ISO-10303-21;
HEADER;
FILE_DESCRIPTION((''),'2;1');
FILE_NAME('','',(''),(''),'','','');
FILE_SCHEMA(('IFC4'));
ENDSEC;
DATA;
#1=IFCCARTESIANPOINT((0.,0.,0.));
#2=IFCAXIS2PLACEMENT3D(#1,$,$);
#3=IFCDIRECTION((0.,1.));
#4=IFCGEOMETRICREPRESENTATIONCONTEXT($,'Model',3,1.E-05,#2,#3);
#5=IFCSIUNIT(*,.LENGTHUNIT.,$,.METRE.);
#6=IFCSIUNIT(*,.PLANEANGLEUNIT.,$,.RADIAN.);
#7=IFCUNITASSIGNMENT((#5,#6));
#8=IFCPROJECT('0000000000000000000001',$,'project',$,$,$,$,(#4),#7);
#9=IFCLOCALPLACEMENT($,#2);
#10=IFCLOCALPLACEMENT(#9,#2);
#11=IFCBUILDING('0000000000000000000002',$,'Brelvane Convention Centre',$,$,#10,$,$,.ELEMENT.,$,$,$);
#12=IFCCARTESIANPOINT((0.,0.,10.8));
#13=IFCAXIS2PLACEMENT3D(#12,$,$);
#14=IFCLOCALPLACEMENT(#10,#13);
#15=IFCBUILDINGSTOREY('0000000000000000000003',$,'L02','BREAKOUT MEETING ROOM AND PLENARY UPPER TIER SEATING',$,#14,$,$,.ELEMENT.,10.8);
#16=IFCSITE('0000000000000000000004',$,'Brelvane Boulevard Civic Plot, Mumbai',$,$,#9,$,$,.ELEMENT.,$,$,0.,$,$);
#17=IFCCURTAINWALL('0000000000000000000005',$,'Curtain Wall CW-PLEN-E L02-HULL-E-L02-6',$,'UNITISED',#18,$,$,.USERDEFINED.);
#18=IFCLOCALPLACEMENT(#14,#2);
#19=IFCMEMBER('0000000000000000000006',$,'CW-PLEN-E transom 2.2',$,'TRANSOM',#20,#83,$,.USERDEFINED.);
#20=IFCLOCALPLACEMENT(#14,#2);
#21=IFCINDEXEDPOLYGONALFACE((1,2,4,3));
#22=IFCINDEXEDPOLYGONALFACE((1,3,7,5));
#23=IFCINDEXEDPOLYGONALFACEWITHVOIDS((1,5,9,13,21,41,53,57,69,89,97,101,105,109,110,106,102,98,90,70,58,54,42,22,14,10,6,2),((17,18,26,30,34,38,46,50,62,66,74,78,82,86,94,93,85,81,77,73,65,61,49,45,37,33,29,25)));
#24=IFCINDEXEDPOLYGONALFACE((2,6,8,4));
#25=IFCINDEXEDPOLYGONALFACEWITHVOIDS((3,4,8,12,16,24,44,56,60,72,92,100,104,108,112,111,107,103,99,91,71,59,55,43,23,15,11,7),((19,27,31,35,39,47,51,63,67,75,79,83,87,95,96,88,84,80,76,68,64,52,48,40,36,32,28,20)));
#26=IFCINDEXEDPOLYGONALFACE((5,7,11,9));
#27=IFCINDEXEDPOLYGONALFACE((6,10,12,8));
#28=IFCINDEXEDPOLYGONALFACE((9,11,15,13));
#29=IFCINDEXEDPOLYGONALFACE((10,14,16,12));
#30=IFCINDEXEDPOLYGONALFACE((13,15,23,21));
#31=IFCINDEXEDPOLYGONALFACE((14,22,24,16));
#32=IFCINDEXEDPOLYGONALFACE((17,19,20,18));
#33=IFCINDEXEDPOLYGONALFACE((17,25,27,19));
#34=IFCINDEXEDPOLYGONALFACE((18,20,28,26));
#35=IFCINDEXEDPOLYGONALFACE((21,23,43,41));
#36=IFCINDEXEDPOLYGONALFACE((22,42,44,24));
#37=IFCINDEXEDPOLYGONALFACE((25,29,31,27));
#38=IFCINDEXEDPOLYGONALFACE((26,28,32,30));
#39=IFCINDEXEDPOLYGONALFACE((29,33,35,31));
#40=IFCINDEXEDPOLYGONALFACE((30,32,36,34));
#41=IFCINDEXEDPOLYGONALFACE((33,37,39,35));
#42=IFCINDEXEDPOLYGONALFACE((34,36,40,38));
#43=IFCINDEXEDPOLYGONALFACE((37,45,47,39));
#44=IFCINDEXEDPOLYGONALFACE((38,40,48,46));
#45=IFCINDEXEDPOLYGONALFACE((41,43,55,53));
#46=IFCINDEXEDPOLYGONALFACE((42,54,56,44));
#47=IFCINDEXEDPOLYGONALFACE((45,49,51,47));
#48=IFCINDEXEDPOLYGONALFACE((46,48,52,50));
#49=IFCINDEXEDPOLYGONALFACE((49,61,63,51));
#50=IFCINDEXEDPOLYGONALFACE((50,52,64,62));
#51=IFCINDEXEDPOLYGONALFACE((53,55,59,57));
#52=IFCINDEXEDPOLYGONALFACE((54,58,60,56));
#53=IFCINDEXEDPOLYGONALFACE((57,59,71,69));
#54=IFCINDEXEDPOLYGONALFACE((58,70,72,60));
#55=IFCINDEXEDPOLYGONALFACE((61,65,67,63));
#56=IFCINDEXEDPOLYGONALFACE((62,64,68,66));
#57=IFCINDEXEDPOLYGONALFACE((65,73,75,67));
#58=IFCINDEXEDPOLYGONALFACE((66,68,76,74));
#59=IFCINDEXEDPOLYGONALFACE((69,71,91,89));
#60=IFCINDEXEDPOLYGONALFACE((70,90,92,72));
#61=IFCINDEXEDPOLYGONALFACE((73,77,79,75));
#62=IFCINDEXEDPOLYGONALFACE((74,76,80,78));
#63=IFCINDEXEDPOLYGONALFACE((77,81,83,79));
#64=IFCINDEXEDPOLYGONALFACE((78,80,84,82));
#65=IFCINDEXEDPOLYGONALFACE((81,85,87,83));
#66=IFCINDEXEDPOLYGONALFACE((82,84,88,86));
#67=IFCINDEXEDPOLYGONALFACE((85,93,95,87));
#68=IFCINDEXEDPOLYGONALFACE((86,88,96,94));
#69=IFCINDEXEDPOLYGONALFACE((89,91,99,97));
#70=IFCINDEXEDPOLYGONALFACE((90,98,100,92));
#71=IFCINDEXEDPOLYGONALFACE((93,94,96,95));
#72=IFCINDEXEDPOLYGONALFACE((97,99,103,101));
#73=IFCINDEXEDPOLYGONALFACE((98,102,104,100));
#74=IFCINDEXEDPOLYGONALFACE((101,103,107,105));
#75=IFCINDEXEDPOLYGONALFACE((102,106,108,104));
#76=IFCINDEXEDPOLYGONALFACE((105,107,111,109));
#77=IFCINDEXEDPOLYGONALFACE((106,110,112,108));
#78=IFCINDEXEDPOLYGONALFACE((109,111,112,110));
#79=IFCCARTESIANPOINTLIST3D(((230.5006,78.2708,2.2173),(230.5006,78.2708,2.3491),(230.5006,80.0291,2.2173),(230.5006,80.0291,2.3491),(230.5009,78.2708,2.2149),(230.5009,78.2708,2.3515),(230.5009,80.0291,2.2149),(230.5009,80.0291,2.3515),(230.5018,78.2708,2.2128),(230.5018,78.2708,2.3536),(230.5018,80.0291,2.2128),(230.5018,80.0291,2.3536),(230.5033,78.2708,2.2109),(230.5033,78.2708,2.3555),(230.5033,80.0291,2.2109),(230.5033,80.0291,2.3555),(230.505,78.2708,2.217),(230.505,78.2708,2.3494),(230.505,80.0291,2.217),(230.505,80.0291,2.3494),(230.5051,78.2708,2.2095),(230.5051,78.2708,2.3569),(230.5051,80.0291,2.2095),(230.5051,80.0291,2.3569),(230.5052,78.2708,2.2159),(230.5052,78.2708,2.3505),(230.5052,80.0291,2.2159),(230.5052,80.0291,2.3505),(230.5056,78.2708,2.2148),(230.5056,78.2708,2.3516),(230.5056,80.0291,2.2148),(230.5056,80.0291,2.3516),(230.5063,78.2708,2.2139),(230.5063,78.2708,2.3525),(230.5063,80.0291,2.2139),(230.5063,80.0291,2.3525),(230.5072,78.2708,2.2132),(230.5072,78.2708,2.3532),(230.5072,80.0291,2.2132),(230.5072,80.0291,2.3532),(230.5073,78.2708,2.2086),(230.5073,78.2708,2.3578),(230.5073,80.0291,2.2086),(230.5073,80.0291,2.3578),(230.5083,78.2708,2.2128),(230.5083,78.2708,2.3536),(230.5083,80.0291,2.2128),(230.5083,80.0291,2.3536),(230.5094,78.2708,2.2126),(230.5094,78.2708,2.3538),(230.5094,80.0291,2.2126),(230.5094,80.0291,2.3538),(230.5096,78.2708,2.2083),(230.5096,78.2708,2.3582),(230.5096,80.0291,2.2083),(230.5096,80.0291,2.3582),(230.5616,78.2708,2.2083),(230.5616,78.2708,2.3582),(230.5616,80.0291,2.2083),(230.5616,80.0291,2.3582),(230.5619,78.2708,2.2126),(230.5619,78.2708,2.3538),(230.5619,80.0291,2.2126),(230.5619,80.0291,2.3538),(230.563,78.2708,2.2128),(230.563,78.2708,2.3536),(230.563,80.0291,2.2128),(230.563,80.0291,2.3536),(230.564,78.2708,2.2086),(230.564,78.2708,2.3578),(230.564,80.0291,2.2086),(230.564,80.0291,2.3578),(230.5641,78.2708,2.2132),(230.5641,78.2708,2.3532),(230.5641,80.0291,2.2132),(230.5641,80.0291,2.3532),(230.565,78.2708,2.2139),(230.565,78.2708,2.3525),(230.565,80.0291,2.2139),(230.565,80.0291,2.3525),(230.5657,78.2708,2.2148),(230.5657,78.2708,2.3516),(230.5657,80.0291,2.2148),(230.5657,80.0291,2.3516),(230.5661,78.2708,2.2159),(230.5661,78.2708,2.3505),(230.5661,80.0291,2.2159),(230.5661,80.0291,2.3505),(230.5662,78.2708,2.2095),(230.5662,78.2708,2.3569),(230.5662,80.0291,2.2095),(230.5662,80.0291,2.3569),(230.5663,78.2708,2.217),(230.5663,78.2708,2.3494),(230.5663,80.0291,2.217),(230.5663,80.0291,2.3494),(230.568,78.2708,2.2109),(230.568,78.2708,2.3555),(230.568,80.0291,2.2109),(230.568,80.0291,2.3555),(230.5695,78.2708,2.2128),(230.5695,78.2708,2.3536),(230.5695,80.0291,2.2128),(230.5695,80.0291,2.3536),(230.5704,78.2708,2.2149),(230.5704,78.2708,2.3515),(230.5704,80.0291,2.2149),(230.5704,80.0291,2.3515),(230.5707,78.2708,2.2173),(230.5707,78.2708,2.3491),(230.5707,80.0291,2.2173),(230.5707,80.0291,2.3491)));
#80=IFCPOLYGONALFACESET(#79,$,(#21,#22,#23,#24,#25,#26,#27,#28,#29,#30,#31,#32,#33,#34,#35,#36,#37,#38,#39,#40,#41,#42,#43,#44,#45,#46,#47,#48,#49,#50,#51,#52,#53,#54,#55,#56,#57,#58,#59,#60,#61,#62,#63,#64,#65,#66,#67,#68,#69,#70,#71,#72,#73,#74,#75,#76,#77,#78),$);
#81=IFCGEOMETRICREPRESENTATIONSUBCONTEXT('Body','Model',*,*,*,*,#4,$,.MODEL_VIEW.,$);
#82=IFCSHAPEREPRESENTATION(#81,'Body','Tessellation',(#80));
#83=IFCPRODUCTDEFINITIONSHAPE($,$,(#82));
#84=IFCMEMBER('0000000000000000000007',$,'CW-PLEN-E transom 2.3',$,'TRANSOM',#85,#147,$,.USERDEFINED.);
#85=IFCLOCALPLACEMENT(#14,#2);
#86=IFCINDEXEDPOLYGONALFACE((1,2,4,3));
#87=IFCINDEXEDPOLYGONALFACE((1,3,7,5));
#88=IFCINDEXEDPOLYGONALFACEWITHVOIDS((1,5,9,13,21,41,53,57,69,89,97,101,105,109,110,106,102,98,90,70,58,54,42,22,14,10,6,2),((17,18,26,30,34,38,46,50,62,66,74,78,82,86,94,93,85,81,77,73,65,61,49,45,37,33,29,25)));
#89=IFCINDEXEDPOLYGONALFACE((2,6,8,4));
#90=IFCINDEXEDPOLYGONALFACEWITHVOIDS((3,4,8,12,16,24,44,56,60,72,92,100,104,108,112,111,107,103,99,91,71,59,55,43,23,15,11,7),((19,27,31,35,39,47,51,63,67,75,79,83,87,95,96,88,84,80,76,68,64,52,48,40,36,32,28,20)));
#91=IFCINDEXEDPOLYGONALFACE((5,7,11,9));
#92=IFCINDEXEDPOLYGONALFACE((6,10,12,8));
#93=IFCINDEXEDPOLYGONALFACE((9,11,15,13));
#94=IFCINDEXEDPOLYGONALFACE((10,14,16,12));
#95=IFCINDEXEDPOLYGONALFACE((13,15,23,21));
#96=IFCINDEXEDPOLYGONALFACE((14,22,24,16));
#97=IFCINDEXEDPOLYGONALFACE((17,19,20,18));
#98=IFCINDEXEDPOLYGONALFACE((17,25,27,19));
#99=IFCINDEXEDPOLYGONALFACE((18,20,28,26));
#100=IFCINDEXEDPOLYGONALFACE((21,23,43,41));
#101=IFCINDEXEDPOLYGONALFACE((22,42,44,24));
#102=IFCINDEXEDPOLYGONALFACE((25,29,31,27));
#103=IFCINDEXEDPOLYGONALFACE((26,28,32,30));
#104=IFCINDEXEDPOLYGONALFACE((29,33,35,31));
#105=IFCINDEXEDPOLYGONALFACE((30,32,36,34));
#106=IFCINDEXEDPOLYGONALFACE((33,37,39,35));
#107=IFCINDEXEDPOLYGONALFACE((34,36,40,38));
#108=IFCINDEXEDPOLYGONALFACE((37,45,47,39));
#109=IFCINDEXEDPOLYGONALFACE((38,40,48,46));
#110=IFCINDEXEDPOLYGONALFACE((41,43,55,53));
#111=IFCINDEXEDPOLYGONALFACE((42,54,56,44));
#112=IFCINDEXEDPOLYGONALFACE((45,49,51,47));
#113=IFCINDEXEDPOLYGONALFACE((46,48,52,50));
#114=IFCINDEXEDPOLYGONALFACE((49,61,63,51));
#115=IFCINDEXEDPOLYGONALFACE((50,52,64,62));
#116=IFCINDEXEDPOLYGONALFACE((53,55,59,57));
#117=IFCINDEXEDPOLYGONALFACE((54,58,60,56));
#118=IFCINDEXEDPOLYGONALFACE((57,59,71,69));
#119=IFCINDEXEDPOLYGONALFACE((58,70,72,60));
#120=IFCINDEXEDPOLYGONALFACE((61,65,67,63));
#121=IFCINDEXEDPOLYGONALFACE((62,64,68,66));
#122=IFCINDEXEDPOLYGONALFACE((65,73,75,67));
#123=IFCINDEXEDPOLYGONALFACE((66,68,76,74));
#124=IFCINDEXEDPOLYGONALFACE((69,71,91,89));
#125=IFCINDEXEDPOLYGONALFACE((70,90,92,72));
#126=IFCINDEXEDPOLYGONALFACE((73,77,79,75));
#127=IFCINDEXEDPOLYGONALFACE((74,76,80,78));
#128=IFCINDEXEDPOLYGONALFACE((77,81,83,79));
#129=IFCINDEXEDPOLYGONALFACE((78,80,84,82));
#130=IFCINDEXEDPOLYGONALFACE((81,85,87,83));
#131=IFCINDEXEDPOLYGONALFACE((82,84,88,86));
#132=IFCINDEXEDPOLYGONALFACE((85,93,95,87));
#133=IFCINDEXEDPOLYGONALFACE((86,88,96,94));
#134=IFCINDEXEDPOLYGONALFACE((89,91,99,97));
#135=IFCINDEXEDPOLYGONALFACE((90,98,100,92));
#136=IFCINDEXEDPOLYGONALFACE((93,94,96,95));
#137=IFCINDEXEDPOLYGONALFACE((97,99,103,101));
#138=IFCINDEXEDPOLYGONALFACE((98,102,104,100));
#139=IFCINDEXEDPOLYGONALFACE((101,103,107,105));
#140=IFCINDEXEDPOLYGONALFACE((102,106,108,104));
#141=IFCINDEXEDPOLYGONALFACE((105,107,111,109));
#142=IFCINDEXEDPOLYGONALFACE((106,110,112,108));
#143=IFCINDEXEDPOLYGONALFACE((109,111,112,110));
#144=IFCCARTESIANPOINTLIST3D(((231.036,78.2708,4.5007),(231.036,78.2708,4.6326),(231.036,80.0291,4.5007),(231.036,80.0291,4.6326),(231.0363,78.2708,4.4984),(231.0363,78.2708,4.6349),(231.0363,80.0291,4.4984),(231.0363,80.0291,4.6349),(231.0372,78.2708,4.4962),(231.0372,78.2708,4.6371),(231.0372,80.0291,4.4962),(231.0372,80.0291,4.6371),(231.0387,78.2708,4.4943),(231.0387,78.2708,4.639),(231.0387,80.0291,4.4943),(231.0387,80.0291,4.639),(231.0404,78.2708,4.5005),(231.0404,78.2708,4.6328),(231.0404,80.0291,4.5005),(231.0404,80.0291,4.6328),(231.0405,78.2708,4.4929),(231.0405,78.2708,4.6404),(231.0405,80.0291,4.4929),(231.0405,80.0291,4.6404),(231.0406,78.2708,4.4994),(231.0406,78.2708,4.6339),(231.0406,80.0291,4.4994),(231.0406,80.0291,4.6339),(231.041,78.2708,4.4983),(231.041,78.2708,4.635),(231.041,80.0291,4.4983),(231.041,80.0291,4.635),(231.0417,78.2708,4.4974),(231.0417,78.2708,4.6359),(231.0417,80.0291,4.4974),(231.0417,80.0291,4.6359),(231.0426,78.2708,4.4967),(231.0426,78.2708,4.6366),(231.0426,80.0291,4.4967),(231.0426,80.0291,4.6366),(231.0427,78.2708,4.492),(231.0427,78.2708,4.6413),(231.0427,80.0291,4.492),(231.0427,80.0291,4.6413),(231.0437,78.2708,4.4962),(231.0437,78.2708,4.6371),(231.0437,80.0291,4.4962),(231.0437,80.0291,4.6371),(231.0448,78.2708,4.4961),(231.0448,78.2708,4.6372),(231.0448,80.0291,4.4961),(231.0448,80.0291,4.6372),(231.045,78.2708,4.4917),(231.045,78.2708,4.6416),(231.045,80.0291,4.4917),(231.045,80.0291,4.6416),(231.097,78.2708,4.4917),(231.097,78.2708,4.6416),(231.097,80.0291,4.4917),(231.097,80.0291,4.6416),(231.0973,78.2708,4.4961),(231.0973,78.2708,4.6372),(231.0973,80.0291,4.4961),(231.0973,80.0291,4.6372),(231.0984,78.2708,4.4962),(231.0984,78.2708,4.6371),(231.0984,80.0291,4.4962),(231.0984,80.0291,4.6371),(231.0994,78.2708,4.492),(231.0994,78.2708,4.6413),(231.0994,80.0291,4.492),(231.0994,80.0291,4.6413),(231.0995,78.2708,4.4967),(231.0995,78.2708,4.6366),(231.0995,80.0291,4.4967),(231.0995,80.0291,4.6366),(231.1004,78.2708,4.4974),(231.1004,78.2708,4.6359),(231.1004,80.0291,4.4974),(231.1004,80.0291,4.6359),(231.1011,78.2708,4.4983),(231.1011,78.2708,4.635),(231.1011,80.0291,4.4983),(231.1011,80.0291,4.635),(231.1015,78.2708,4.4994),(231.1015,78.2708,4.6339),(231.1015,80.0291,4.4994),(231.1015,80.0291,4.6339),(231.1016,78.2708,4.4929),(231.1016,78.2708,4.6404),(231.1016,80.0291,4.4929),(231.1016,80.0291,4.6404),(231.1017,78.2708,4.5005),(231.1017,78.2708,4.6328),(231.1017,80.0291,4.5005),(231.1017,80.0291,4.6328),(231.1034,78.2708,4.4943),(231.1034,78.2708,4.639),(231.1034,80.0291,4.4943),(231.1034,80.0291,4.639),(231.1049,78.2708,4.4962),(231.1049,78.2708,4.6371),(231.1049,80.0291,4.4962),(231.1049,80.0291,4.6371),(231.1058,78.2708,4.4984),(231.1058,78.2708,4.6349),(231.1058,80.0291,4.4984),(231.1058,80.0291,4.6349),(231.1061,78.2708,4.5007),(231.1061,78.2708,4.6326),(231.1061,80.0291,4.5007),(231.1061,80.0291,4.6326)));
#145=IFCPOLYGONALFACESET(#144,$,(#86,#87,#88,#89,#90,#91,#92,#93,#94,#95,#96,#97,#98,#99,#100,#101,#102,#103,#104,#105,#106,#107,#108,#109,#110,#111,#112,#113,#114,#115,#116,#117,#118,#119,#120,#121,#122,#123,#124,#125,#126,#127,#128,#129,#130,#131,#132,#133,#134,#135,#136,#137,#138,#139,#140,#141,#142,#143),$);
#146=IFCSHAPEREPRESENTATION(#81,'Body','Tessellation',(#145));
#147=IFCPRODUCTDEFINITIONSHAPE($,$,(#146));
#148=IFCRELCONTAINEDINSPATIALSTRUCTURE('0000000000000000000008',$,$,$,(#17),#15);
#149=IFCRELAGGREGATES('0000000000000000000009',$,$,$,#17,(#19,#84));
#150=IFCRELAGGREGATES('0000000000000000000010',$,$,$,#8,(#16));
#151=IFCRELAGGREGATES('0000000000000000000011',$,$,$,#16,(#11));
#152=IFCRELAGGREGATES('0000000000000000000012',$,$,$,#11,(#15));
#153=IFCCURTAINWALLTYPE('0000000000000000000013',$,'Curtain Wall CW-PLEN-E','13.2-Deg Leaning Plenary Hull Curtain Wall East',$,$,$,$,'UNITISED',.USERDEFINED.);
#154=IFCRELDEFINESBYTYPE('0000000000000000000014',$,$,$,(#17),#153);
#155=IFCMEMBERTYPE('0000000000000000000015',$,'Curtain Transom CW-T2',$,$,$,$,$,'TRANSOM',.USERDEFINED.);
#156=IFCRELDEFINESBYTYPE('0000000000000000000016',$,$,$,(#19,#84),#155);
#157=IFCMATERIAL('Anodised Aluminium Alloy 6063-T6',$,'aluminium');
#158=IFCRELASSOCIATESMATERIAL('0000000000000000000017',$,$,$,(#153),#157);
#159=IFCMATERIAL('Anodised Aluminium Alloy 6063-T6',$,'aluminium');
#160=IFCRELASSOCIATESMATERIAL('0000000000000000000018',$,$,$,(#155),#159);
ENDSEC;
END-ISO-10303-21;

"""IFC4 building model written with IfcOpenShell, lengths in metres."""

from ifc_helpers import new_model, si_unit, direction, frame, origin, origin_2d, place, context, subcontext, project, spatial, hollow_rectangle, extrude, material, material_profile, profile_set, type_object, element, aggregate, save


model = new_model("IFC4")

# Units and contexts
model_context = context("Model", 3, precision=1e-05, world=origin(), true_north=direction((0.0, 1.0)))
body_context = subcontext(model_context, "Body", "Model", "MODEL_VIEW")
ifc_project = project(units=[si_unit("LENGTHUNIT", "METRE"), si_unit("PLANEANGLEUNIT", "RADIAN")], contexts=[model_context])

# Site, building, storey
site_placement = place(None, origin())
site = spatial("IfcSite", under=ifc_project, at=site_placement, Name="Brelvane Boulevard Civic Plot, Mumbai", CompositionType="ELEMENT", RefElevation=0.0)
building_placement = place(site_placement, origin())
building = spatial("IfcBuilding", under=site, at=building_placement, Name="Brelvane Convention Centre", CompositionType="ELEMENT")
storey_placement = place(building_placement, frame((0.0, 0.0, 10.8)))
storey = spatial("IfcBuildingStorey", under=building, at=storey_placement, Name="L02", Description="BREAKOUT MEETING ROOM AND PLENARY UPPER TIER SEATING", CompositionType="ELEMENT", Elevation=10.8)

# Curtain wall, members
ifc_material_1 = material(Name="Anodised Aluminium Alloy 6063-T6", Category="aluminium")
curtain_wall_type = type_object("IfcCurtainWallType", Name="Curtain Wall CW-PLEN-E", Description="13.2-Deg Leaning Plenary Hull Curtain Wall East", ElementType="UNITISED", PredefinedType="USERDEFINED", material=ifc_material_1)
curtain_wall_placement = place(storey_placement, origin())
curtain_wall = element("IfcCurtainWall", 1, at=curtain_wall_placement, inside=storey, type_object=curtain_wall_type, Name="Curtain Wall CW-PLEN-E L02-HULL-E-L02-6", ObjectType="UNITISED", PredefinedType="USERDEFINED")
ifc_material_2 = material(Name="Anodised Aluminium Alloy 6063-T6", Category="aluminium")
ifc_material_profile = material_profile(ifc_material_2, hollow_rectangle(XDim=0.0701, YDim=0.1499, WallThickness=0.0044, InnerFilletRadius=0.0044, OuterFilletRadius=0.009, at=origin_2d()), Name="ALU-T 150x70x4.5")
ifc_profile_set = profile_set([ifc_material_profile], Name="Anodised Aluminium Alloy 6063-T6")
member_type = type_object("IfcMemberType", Name="Curtain Transom CW-T2", ElementType="TRANSOM", PredefinedType="USERDEFINED", material=ifc_profile_set)
member_1_placement = place(storey_placement, frame((230.5356, 78.2708, 2.2832), z_axis=(0.0, 1.0, 0.0), x_axis=(-1.0, 0.0, 0.0)))
member_1 = element("IfcMember", 2, at=member_1_placement, type_object=member_type, Name="CW-PLEN-E transom 2.2", ObjectType="TRANSOM", PredefinedType="USERDEFINED", context=body_context, shape_type="SweptSolid", body=[
    extrude(hollow_rectangle(XDim=0.0701, YDim=0.1499, WallThickness=0.0044, InnerFilletRadius=0.0044, OuterFilletRadius=0.009, at=origin_2d()), origin(), (0.0, 0.0, 1.0), 1.7583),
])
member_2_placement = place(storey_placement, frame((231.071, 78.2708, 4.5667), z_axis=(0.0, 1.0, 0.0), x_axis=(-1.0, 0.0, 0.0)))
member_2 = element("IfcMember", 3, at=member_2_placement, type_object=member_type, Name="CW-PLEN-E transom 2.3", ObjectType="TRANSOM", PredefinedType="USERDEFINED", context=body_context, shape_type="SweptSolid", body=[
    extrude(hollow_rectangle(XDim=0.0701, YDim=0.1499, WallThickness=0.0044, InnerFilletRadius=0.0044, OuterFilletRadius=0.009, at=origin_2d()), origin(), (0.0, 0.0, 1.0), 1.7583),
])
aggregate(curtain_wall, [member_1, member_2])

save(model, "model.ifc")
